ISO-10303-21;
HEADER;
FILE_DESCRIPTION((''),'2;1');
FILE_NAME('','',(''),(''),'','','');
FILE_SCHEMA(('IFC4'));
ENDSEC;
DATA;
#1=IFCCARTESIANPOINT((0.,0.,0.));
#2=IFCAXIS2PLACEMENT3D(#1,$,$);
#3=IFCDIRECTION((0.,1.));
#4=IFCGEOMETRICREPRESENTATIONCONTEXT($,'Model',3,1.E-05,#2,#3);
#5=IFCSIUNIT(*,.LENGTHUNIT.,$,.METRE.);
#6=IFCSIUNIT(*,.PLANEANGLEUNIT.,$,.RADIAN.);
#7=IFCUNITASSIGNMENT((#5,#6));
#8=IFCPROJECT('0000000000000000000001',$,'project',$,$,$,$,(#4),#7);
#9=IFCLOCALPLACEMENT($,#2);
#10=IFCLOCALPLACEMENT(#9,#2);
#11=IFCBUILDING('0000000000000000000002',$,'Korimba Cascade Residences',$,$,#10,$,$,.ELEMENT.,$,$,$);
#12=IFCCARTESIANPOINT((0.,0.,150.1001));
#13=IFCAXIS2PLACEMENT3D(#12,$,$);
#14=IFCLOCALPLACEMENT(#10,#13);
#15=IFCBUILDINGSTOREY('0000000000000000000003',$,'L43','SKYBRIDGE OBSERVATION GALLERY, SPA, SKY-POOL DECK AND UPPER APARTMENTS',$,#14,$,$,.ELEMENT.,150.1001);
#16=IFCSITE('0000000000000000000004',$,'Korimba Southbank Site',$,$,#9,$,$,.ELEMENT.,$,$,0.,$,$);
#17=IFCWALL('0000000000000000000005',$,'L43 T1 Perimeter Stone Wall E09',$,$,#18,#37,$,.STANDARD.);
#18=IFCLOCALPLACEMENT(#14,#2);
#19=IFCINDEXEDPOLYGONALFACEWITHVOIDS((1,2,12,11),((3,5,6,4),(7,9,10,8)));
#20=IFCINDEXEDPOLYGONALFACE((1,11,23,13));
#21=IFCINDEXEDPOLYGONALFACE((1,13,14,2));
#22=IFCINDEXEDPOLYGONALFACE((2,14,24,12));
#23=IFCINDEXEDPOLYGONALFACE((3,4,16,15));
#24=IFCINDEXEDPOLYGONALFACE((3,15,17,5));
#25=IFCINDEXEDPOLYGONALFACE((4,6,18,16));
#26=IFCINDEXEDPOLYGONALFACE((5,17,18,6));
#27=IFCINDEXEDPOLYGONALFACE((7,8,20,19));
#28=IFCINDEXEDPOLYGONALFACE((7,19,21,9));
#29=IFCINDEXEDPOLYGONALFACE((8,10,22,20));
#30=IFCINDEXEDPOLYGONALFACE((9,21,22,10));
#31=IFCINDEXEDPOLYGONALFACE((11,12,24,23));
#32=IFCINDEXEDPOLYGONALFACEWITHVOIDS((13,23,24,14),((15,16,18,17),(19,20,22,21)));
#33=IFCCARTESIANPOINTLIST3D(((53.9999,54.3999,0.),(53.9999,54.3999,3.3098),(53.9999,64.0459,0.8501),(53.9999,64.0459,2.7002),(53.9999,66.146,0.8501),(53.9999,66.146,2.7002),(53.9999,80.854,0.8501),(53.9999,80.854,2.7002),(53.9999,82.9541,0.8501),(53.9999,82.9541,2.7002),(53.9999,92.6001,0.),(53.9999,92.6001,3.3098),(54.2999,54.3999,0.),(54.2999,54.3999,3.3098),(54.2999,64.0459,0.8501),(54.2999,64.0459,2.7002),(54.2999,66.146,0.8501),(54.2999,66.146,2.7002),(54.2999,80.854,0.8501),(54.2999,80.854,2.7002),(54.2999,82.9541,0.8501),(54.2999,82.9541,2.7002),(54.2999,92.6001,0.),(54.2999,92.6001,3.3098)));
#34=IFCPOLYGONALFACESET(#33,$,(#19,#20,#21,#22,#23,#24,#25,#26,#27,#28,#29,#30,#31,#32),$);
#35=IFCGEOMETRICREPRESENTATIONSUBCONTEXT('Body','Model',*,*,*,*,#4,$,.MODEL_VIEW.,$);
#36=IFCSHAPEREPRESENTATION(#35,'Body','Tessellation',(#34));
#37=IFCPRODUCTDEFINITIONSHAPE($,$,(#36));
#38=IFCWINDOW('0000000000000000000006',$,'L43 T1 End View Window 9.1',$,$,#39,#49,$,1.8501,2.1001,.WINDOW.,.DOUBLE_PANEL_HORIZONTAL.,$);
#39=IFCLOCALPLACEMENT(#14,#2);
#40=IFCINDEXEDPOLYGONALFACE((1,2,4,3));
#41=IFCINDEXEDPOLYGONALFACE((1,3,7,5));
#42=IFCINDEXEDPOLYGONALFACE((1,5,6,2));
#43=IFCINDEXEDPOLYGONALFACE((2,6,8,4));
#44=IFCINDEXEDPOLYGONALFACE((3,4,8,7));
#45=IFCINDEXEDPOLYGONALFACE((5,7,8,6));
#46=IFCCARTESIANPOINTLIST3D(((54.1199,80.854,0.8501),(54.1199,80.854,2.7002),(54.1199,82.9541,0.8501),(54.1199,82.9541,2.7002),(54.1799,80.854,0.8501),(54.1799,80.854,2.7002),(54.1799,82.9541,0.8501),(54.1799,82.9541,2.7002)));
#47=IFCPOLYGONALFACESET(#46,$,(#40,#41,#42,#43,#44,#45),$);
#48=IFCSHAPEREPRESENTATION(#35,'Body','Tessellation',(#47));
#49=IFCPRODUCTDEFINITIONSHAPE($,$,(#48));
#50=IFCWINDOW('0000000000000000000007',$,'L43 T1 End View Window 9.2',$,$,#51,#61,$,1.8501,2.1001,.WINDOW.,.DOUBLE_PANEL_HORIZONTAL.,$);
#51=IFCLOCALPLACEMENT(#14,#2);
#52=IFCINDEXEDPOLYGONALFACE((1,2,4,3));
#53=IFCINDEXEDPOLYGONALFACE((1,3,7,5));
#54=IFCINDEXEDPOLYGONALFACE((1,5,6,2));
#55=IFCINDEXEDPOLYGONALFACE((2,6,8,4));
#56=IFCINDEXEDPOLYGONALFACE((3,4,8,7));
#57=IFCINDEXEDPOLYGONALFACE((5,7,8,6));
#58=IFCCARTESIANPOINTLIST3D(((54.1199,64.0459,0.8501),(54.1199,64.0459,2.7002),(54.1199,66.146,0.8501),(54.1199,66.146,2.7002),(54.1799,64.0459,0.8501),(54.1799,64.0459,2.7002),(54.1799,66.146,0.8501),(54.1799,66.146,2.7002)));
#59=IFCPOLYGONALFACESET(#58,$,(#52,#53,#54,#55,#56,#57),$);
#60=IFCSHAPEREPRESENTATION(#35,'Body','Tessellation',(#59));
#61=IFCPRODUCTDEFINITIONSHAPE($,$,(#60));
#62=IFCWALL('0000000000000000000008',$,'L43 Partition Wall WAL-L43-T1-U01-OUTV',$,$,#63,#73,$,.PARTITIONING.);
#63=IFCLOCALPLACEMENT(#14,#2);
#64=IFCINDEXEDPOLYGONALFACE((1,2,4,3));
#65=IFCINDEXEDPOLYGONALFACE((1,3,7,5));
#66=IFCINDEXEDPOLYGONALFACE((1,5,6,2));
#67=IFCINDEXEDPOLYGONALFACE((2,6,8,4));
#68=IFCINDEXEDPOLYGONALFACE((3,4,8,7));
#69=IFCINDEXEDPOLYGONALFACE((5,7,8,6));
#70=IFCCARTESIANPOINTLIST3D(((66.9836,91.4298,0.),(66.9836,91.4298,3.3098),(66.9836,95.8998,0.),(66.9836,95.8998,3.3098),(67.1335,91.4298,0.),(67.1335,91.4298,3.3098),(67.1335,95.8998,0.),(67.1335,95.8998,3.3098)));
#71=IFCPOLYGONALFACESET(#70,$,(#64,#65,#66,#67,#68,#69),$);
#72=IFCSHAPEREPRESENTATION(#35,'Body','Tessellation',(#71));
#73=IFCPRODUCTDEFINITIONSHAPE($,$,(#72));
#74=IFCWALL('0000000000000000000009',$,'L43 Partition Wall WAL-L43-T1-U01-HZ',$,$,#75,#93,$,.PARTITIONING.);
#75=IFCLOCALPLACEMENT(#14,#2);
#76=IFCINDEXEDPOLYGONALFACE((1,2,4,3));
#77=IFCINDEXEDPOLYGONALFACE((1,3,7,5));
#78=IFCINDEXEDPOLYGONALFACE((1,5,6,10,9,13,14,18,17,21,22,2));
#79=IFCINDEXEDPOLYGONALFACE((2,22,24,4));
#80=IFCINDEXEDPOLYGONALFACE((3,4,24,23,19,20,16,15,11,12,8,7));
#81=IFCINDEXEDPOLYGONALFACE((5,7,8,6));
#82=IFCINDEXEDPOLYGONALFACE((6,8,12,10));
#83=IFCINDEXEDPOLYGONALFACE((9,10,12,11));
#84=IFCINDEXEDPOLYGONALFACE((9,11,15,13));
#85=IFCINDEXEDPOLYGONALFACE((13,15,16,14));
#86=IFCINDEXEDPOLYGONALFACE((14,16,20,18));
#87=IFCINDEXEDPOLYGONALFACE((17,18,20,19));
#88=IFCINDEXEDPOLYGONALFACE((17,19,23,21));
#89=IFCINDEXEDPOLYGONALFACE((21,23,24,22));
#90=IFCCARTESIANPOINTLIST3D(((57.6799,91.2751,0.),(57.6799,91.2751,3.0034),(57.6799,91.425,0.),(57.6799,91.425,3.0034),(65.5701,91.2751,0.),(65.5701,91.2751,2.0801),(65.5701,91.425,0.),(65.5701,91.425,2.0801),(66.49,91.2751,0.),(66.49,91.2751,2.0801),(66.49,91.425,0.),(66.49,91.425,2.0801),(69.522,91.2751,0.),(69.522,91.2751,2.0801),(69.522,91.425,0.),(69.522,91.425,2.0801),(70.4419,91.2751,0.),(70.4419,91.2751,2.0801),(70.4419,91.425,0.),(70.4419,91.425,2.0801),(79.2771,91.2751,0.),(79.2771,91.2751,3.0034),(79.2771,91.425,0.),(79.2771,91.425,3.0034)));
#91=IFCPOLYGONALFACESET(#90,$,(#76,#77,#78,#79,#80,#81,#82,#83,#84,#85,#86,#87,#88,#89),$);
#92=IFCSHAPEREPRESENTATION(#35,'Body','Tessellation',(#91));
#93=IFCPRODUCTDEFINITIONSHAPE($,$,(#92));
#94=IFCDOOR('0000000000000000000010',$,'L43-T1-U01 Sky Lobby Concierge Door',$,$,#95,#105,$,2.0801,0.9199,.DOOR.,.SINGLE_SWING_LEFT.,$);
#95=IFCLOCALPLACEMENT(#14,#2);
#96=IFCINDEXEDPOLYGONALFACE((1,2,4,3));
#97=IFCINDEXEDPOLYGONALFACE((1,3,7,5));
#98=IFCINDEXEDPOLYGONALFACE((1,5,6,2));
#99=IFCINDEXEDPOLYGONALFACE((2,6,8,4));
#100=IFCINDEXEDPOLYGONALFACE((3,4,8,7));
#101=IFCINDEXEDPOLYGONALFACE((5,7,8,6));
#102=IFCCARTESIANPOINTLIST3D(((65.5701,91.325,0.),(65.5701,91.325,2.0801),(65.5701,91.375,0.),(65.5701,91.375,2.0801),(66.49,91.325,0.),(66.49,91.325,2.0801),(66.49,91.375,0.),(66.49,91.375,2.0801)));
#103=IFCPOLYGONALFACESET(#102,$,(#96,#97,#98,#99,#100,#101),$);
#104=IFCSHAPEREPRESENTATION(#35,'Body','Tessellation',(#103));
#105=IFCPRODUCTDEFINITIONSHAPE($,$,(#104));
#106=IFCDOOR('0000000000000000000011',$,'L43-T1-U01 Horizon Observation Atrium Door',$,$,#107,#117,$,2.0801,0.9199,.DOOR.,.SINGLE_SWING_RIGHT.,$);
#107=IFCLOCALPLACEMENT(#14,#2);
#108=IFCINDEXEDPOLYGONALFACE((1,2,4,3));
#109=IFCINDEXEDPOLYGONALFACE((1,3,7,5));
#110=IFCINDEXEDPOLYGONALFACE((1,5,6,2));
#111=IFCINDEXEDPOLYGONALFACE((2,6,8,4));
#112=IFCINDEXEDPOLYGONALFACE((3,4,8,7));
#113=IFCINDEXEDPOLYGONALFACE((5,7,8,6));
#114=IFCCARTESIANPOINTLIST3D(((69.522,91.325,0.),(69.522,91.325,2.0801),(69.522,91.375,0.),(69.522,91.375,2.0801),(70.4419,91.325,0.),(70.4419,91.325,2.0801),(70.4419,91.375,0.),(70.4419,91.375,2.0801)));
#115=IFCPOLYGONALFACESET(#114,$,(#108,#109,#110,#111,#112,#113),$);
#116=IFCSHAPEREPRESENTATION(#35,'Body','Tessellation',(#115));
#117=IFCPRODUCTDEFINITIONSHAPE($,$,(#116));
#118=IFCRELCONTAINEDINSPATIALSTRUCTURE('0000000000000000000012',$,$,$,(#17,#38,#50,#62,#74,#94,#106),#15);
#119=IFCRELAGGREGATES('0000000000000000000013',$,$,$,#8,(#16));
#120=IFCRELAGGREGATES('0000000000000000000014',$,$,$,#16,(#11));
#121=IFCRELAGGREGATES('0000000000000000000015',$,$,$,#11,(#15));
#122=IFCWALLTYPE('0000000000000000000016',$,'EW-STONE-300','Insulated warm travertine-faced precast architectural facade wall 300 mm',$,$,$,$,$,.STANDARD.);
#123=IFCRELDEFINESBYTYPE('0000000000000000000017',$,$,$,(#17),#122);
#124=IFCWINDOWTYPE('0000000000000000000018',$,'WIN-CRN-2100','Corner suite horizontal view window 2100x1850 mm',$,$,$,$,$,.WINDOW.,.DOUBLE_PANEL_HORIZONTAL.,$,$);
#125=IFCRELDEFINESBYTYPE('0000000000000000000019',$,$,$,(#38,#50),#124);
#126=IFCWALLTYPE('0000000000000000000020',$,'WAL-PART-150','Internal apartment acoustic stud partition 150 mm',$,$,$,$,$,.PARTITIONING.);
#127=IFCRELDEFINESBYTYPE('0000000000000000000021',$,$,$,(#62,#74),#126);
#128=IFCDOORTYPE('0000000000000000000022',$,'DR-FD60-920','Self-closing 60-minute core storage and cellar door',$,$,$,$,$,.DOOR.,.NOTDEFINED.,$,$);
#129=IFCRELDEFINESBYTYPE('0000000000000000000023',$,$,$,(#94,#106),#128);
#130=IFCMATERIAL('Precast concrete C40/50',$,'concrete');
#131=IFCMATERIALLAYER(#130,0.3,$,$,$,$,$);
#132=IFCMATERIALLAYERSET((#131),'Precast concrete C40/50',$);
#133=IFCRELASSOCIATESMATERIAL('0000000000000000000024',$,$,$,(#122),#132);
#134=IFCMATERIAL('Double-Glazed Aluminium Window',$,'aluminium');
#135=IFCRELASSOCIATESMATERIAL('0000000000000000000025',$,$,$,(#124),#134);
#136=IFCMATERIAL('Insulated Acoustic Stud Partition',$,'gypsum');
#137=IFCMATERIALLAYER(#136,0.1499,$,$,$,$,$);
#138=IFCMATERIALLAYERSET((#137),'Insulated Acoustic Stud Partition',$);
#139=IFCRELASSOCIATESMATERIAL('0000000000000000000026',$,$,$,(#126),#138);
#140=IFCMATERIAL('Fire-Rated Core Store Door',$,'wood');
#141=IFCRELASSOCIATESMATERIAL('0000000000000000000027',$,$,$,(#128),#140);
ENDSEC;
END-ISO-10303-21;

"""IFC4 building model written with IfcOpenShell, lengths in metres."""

from ifc_helpers import new_model, si_unit, direction, frame, frame_2d, origin, place, context, subcontext, project, spatial, rectangle, extrude, material, layer, layer_set, type_object, element, fill, save


model = new_model("IFC4")

# Units and contexts
model_context = context("Model", 3, precision=1e-05, world=origin(), true_north=direction((0.0, 1.0)))
body_context = subcontext(model_context, "Body", "Model", "MODEL_VIEW")
ifc_project = project(units=[si_unit("LENGTHUNIT", "METRE"), si_unit("PLANEANGLEUNIT", "RADIAN")], contexts=[model_context])

# Site, building, storey
site_placement = place(None, origin())
site = spatial("IfcSite", under=ifc_project, at=site_placement, Name="Korimba Southbank Site", CompositionType="ELEMENT", RefElevation=0.0)
building_placement = place(site_placement, origin())
building = spatial("IfcBuilding", under=site, at=building_placement, Name="Korimba Cascade Residences", CompositionType="ELEMENT")
storey_placement = place(building_placement, frame((0.0, 0.0, 150.1001)))
storey = spatial("IfcBuildingStorey", under=building, at=storey_placement, Name="L43", Description="SKYBRIDGE OBSERVATION GALLERY, SPA, SKY-POOL DECK AND UPPER APARTMENTS", CompositionType="ELEMENT", Elevation=150.1001)

# Shared definitions
ifc_material_1 = material(Name="Precast concrete C40/50", Category="concrete")
ifc_layer_1 = layer(ifc_material_1, 0.3)
ifc_layer_set_1 = layer_set([ifc_layer_1], Name="Precast concrete C40/50")
wall_type_1 = type_object("IfcWallType", Name="EW-STONE-300", Description="Insulated warm travertine-faced precast architectural facade wall 300 mm", PredefinedType="STANDARD", material=ifc_layer_set_1)

# Wall, openings, windows
wall_1_placement = place(storey_placement, frame((54.1499, 92.6001, 0.0), z_axis=(0.0, 0.0, 1.0), x_axis=(0.0, -1.0, 0.0)))
wall_1 = element("IfcWall", 1, at=wall_1_placement, inside=storey, type_object=wall_type_1, Name="L43 T1 Perimeter Stone Wall E09", PredefinedType="STANDARD", context=body_context, shape_type="SweptSolid", body=[
    extrude(rectangle(XDim=38.2002, YDim=0.3, at=frame_2d((19.1001, 0.0))), origin(), (0.0, 0.0, 1.0), 3.3098),
])
opening_1_placement = place(wall_1_placement, frame((9.646, 0.0, 0.8501)))
opening_1 = element("IfcOpeningElement", 2, at=opening_1_placement, cuts=wall_1, PredefinedType="OPENING", context=body_context, shape_type="SweptSolid", body=[
    extrude(rectangle(XDim=2.1001, YDim=1.8501, at=frame_2d((1.05, 0.925))), frame((0.0, 0.1602, 0.0), z_axis=(0.0, -1.0, 0.0), x_axis=(1.0, 0.0, 0.0)), (0.0, 0.0, 1.0), 0.3201),
])
opening_2_placement = place(wall_1_placement, frame((26.4541, 0.0, 0.8501)))
opening_2 = element("IfcOpeningElement", 3, at=opening_2_placement, cuts=wall_1, PredefinedType="OPENING", context=body_context, shape_type="SweptSolid", body=[
    extrude(rectangle(XDim=2.1001, YDim=1.8501, at=frame_2d((1.05, 0.925))), frame((0.0, 0.1602, 0.0), z_axis=(0.0, -1.0, 0.0), x_axis=(1.0, 0.0, 0.0)), (0.0, 0.0, 1.0), 0.3201),
])
ifc_material_2 = material(Name="Double-Glazed Aluminium Window", Category="aluminium")
window_type = type_object("IfcWindowType", Name="WIN-CRN-2100", Description="Corner suite horizontal view window 2100x1850 mm", PartitioningType="DOUBLE_PANEL_HORIZONTAL", PredefinedType="WINDOW", material=ifc_material_2)
window_1_placement = place(opening_1_placement, origin())
window_1 = element("IfcWindow", 4, at=window_1_placement, inside=storey, type_object=window_type, Name="L43 T1 End View Window 9.1", OverallHeight=1.8501, OverallWidth=2.1001, PartitioningType="DOUBLE_PANEL_HORIZONTAL", PredefinedType="WINDOW", context=body_context, shape_type="SweptSolid", body=[
    extrude(rectangle(XDim=2.1001, YDim=1.8501, at=frame_2d((1.05, 0.925))), frame((0.0, 0.03, 0.0), z_axis=(0.0, -1.0, 0.0), x_axis=(1.0, 0.0, 0.0)), (0.0, 0.0, 1.0), 0.0601),
])
fill(opening_1, window_1)
window_2_placement = place(opening_2_placement, origin())
window_2 = element("IfcWindow", 5, at=window_2_placement, inside=storey, type_object=window_type, Name="L43 T1 End View Window 9.2", OverallHeight=1.8501, OverallWidth=2.1001, PartitioningType="DOUBLE_PANEL_HORIZONTAL", PredefinedType="WINDOW", context=body_context, shape_type="SweptSolid", body=[
    extrude(rectangle(XDim=2.1001, YDim=1.8501, at=frame_2d((1.05, 0.925))), frame((0.0, 0.03, 0.0), z_axis=(0.0, -1.0, 0.0), x_axis=(1.0, 0.0, 0.0)), (0.0, 0.0, 1.0), 0.0601),
])
fill(opening_2, window_2)

# Wall
ifc_material_3 = material(Name="Insulated Acoustic Stud Partition", Category="gypsum")
ifc_layer_2 = layer(ifc_material_3, 0.1499)
ifc_layer_set_2 = layer_set([ifc_layer_2], Name="Insulated Acoustic Stud Partition")
wall_type_2 = type_object("IfcWallType", Name="WAL-PART-150", Description="Internal apartment acoustic stud partition 150 mm", PredefinedType="PARTITIONING", material=ifc_layer_set_2)
wall_2_placement = place(storey_placement, frame((67.0586, 91.4299, 0.0), z_axis=(0.0, 0.0, 1.0), x_axis=(0.0, 1.0, 0.0)))
element("IfcWall", 6, at=wall_2_placement, inside=storey, type_object=wall_type_2, Name="L43 Partition Wall WAL-L43-T1-U01-OUTV", PredefinedType="PARTITIONING", context=body_context, shape_type="SweptSolid", body=[
    extrude(rectangle(XDim=4.47, YDim=0.1499, at=frame_2d((2.2349, 0.0))), origin(), (0.0, 0.0, 1.0), 3.3098),
])

# Wall, openings, doors
wall_3_placement = place(storey_placement, frame((57.6799, 91.3501, 0.0), z_axis=(0.0, 0.0, 1.0), x_axis=(1.0, 0.0, 0.0)))
wall_3 = element("IfcWall", 7, at=wall_3_placement, inside=storey, type_object=wall_type_2, Name="L43 Partition Wall WAL-L43-T1-U01-HZ", PredefinedType="PARTITIONING", context=body_context, shape_type="SweptSolid", body=[
    extrude(rectangle(XDim=21.5972, YDim=0.1499, at=frame_2d((10.7986, 0.0))), origin(), (0.0, 0.0, 1.0), 3.0034),
])
opening_3_placement = place(wall_3_placement, frame((7.8901, 0.0, 0.0)))
opening_3 = element("IfcOpeningElement", 8, at=opening_3_placement, cuts=wall_3, PredefinedType="OPENING", context=body_context, shape_type="SweptSolid", body=[
    extrude(rectangle(XDim=0.9199, YDim=2.0801, at=frame_2d((0.46, 1.04))), frame((0.0, 0.085, 0.0), z_axis=(0.0, -1.0, 0.0), x_axis=(1.0, 0.0, 0.0)), (0.0, 0.0, 1.0), 0.1699),
])
opening_4_placement = place(wall_3_placement, frame((11.842, 0.0, 0.0)))
opening_4 = element("IfcOpeningElement", 9, at=opening_4_placement, cuts=wall_3, PredefinedType="OPENING", context=body_context, shape_type="SweptSolid", body=[
    extrude(rectangle(XDim=0.9199, YDim=2.0801, at=frame_2d((0.46, 1.04))), frame((0.0, 0.085, 0.0), z_axis=(0.0, -1.0, 0.0), x_axis=(1.0, 0.0, 0.0)), (0.0, 0.0, 1.0), 0.1699),
])
ifc_material_4 = material(Name="Fire-Rated Core Store Door", Category="wood")
door_type = type_object("IfcDoorType", Name="DR-FD60-920", Description="Self-closing 60-minute core storage and cellar door", OperationType="NOTDEFINED", PredefinedType="DOOR", material=ifc_material_4)
door_1_placement = place(opening_3_placement, origin())
door_1 = element("IfcDoor", 10, at=door_1_placement, inside=storey, type_object=door_type, Name="L43-T1-U01 Sky Lobby Concierge Door", OperationType="SINGLE_SWING_LEFT", OverallHeight=2.0801, OverallWidth=0.9199, PredefinedType="DOOR", context=body_context, shape_type="SweptSolid", body=[
    extrude(rectangle(XDim=0.9199, YDim=2.0801, at=frame_2d((0.46, 1.04))), frame((0.0, 0.0249, 0.0), z_axis=(0.0, -1.0, 0.0), x_axis=(1.0, 0.0, 0.0)), (0.0, 0.0, 1.0), 0.05),
])
fill(opening_3, door_1)
door_2_placement = place(opening_4_placement, origin())
door_2 = element("IfcDoor", 11, at=door_2_placement, inside=storey, type_object=door_type, Name="L43-T1-U01 Horizon Observation Atrium Door", OperationType="SINGLE_SWING_RIGHT", OverallHeight=2.0801, OverallWidth=0.9199, PredefinedType="DOOR", context=body_context, shape_type="SweptSolid", body=[
    extrude(rectangle(XDim=0.9199, YDim=2.0801, at=frame_2d((0.46, 1.04))), frame((0.0, 0.0249, 0.0), z_axis=(0.0, -1.0, 0.0), x_axis=(1.0, 0.0, 0.0)), (0.0, 0.0, 1.0), 0.05),
])
fill(opening_4, door_2)

save(model, "model.ifc")
